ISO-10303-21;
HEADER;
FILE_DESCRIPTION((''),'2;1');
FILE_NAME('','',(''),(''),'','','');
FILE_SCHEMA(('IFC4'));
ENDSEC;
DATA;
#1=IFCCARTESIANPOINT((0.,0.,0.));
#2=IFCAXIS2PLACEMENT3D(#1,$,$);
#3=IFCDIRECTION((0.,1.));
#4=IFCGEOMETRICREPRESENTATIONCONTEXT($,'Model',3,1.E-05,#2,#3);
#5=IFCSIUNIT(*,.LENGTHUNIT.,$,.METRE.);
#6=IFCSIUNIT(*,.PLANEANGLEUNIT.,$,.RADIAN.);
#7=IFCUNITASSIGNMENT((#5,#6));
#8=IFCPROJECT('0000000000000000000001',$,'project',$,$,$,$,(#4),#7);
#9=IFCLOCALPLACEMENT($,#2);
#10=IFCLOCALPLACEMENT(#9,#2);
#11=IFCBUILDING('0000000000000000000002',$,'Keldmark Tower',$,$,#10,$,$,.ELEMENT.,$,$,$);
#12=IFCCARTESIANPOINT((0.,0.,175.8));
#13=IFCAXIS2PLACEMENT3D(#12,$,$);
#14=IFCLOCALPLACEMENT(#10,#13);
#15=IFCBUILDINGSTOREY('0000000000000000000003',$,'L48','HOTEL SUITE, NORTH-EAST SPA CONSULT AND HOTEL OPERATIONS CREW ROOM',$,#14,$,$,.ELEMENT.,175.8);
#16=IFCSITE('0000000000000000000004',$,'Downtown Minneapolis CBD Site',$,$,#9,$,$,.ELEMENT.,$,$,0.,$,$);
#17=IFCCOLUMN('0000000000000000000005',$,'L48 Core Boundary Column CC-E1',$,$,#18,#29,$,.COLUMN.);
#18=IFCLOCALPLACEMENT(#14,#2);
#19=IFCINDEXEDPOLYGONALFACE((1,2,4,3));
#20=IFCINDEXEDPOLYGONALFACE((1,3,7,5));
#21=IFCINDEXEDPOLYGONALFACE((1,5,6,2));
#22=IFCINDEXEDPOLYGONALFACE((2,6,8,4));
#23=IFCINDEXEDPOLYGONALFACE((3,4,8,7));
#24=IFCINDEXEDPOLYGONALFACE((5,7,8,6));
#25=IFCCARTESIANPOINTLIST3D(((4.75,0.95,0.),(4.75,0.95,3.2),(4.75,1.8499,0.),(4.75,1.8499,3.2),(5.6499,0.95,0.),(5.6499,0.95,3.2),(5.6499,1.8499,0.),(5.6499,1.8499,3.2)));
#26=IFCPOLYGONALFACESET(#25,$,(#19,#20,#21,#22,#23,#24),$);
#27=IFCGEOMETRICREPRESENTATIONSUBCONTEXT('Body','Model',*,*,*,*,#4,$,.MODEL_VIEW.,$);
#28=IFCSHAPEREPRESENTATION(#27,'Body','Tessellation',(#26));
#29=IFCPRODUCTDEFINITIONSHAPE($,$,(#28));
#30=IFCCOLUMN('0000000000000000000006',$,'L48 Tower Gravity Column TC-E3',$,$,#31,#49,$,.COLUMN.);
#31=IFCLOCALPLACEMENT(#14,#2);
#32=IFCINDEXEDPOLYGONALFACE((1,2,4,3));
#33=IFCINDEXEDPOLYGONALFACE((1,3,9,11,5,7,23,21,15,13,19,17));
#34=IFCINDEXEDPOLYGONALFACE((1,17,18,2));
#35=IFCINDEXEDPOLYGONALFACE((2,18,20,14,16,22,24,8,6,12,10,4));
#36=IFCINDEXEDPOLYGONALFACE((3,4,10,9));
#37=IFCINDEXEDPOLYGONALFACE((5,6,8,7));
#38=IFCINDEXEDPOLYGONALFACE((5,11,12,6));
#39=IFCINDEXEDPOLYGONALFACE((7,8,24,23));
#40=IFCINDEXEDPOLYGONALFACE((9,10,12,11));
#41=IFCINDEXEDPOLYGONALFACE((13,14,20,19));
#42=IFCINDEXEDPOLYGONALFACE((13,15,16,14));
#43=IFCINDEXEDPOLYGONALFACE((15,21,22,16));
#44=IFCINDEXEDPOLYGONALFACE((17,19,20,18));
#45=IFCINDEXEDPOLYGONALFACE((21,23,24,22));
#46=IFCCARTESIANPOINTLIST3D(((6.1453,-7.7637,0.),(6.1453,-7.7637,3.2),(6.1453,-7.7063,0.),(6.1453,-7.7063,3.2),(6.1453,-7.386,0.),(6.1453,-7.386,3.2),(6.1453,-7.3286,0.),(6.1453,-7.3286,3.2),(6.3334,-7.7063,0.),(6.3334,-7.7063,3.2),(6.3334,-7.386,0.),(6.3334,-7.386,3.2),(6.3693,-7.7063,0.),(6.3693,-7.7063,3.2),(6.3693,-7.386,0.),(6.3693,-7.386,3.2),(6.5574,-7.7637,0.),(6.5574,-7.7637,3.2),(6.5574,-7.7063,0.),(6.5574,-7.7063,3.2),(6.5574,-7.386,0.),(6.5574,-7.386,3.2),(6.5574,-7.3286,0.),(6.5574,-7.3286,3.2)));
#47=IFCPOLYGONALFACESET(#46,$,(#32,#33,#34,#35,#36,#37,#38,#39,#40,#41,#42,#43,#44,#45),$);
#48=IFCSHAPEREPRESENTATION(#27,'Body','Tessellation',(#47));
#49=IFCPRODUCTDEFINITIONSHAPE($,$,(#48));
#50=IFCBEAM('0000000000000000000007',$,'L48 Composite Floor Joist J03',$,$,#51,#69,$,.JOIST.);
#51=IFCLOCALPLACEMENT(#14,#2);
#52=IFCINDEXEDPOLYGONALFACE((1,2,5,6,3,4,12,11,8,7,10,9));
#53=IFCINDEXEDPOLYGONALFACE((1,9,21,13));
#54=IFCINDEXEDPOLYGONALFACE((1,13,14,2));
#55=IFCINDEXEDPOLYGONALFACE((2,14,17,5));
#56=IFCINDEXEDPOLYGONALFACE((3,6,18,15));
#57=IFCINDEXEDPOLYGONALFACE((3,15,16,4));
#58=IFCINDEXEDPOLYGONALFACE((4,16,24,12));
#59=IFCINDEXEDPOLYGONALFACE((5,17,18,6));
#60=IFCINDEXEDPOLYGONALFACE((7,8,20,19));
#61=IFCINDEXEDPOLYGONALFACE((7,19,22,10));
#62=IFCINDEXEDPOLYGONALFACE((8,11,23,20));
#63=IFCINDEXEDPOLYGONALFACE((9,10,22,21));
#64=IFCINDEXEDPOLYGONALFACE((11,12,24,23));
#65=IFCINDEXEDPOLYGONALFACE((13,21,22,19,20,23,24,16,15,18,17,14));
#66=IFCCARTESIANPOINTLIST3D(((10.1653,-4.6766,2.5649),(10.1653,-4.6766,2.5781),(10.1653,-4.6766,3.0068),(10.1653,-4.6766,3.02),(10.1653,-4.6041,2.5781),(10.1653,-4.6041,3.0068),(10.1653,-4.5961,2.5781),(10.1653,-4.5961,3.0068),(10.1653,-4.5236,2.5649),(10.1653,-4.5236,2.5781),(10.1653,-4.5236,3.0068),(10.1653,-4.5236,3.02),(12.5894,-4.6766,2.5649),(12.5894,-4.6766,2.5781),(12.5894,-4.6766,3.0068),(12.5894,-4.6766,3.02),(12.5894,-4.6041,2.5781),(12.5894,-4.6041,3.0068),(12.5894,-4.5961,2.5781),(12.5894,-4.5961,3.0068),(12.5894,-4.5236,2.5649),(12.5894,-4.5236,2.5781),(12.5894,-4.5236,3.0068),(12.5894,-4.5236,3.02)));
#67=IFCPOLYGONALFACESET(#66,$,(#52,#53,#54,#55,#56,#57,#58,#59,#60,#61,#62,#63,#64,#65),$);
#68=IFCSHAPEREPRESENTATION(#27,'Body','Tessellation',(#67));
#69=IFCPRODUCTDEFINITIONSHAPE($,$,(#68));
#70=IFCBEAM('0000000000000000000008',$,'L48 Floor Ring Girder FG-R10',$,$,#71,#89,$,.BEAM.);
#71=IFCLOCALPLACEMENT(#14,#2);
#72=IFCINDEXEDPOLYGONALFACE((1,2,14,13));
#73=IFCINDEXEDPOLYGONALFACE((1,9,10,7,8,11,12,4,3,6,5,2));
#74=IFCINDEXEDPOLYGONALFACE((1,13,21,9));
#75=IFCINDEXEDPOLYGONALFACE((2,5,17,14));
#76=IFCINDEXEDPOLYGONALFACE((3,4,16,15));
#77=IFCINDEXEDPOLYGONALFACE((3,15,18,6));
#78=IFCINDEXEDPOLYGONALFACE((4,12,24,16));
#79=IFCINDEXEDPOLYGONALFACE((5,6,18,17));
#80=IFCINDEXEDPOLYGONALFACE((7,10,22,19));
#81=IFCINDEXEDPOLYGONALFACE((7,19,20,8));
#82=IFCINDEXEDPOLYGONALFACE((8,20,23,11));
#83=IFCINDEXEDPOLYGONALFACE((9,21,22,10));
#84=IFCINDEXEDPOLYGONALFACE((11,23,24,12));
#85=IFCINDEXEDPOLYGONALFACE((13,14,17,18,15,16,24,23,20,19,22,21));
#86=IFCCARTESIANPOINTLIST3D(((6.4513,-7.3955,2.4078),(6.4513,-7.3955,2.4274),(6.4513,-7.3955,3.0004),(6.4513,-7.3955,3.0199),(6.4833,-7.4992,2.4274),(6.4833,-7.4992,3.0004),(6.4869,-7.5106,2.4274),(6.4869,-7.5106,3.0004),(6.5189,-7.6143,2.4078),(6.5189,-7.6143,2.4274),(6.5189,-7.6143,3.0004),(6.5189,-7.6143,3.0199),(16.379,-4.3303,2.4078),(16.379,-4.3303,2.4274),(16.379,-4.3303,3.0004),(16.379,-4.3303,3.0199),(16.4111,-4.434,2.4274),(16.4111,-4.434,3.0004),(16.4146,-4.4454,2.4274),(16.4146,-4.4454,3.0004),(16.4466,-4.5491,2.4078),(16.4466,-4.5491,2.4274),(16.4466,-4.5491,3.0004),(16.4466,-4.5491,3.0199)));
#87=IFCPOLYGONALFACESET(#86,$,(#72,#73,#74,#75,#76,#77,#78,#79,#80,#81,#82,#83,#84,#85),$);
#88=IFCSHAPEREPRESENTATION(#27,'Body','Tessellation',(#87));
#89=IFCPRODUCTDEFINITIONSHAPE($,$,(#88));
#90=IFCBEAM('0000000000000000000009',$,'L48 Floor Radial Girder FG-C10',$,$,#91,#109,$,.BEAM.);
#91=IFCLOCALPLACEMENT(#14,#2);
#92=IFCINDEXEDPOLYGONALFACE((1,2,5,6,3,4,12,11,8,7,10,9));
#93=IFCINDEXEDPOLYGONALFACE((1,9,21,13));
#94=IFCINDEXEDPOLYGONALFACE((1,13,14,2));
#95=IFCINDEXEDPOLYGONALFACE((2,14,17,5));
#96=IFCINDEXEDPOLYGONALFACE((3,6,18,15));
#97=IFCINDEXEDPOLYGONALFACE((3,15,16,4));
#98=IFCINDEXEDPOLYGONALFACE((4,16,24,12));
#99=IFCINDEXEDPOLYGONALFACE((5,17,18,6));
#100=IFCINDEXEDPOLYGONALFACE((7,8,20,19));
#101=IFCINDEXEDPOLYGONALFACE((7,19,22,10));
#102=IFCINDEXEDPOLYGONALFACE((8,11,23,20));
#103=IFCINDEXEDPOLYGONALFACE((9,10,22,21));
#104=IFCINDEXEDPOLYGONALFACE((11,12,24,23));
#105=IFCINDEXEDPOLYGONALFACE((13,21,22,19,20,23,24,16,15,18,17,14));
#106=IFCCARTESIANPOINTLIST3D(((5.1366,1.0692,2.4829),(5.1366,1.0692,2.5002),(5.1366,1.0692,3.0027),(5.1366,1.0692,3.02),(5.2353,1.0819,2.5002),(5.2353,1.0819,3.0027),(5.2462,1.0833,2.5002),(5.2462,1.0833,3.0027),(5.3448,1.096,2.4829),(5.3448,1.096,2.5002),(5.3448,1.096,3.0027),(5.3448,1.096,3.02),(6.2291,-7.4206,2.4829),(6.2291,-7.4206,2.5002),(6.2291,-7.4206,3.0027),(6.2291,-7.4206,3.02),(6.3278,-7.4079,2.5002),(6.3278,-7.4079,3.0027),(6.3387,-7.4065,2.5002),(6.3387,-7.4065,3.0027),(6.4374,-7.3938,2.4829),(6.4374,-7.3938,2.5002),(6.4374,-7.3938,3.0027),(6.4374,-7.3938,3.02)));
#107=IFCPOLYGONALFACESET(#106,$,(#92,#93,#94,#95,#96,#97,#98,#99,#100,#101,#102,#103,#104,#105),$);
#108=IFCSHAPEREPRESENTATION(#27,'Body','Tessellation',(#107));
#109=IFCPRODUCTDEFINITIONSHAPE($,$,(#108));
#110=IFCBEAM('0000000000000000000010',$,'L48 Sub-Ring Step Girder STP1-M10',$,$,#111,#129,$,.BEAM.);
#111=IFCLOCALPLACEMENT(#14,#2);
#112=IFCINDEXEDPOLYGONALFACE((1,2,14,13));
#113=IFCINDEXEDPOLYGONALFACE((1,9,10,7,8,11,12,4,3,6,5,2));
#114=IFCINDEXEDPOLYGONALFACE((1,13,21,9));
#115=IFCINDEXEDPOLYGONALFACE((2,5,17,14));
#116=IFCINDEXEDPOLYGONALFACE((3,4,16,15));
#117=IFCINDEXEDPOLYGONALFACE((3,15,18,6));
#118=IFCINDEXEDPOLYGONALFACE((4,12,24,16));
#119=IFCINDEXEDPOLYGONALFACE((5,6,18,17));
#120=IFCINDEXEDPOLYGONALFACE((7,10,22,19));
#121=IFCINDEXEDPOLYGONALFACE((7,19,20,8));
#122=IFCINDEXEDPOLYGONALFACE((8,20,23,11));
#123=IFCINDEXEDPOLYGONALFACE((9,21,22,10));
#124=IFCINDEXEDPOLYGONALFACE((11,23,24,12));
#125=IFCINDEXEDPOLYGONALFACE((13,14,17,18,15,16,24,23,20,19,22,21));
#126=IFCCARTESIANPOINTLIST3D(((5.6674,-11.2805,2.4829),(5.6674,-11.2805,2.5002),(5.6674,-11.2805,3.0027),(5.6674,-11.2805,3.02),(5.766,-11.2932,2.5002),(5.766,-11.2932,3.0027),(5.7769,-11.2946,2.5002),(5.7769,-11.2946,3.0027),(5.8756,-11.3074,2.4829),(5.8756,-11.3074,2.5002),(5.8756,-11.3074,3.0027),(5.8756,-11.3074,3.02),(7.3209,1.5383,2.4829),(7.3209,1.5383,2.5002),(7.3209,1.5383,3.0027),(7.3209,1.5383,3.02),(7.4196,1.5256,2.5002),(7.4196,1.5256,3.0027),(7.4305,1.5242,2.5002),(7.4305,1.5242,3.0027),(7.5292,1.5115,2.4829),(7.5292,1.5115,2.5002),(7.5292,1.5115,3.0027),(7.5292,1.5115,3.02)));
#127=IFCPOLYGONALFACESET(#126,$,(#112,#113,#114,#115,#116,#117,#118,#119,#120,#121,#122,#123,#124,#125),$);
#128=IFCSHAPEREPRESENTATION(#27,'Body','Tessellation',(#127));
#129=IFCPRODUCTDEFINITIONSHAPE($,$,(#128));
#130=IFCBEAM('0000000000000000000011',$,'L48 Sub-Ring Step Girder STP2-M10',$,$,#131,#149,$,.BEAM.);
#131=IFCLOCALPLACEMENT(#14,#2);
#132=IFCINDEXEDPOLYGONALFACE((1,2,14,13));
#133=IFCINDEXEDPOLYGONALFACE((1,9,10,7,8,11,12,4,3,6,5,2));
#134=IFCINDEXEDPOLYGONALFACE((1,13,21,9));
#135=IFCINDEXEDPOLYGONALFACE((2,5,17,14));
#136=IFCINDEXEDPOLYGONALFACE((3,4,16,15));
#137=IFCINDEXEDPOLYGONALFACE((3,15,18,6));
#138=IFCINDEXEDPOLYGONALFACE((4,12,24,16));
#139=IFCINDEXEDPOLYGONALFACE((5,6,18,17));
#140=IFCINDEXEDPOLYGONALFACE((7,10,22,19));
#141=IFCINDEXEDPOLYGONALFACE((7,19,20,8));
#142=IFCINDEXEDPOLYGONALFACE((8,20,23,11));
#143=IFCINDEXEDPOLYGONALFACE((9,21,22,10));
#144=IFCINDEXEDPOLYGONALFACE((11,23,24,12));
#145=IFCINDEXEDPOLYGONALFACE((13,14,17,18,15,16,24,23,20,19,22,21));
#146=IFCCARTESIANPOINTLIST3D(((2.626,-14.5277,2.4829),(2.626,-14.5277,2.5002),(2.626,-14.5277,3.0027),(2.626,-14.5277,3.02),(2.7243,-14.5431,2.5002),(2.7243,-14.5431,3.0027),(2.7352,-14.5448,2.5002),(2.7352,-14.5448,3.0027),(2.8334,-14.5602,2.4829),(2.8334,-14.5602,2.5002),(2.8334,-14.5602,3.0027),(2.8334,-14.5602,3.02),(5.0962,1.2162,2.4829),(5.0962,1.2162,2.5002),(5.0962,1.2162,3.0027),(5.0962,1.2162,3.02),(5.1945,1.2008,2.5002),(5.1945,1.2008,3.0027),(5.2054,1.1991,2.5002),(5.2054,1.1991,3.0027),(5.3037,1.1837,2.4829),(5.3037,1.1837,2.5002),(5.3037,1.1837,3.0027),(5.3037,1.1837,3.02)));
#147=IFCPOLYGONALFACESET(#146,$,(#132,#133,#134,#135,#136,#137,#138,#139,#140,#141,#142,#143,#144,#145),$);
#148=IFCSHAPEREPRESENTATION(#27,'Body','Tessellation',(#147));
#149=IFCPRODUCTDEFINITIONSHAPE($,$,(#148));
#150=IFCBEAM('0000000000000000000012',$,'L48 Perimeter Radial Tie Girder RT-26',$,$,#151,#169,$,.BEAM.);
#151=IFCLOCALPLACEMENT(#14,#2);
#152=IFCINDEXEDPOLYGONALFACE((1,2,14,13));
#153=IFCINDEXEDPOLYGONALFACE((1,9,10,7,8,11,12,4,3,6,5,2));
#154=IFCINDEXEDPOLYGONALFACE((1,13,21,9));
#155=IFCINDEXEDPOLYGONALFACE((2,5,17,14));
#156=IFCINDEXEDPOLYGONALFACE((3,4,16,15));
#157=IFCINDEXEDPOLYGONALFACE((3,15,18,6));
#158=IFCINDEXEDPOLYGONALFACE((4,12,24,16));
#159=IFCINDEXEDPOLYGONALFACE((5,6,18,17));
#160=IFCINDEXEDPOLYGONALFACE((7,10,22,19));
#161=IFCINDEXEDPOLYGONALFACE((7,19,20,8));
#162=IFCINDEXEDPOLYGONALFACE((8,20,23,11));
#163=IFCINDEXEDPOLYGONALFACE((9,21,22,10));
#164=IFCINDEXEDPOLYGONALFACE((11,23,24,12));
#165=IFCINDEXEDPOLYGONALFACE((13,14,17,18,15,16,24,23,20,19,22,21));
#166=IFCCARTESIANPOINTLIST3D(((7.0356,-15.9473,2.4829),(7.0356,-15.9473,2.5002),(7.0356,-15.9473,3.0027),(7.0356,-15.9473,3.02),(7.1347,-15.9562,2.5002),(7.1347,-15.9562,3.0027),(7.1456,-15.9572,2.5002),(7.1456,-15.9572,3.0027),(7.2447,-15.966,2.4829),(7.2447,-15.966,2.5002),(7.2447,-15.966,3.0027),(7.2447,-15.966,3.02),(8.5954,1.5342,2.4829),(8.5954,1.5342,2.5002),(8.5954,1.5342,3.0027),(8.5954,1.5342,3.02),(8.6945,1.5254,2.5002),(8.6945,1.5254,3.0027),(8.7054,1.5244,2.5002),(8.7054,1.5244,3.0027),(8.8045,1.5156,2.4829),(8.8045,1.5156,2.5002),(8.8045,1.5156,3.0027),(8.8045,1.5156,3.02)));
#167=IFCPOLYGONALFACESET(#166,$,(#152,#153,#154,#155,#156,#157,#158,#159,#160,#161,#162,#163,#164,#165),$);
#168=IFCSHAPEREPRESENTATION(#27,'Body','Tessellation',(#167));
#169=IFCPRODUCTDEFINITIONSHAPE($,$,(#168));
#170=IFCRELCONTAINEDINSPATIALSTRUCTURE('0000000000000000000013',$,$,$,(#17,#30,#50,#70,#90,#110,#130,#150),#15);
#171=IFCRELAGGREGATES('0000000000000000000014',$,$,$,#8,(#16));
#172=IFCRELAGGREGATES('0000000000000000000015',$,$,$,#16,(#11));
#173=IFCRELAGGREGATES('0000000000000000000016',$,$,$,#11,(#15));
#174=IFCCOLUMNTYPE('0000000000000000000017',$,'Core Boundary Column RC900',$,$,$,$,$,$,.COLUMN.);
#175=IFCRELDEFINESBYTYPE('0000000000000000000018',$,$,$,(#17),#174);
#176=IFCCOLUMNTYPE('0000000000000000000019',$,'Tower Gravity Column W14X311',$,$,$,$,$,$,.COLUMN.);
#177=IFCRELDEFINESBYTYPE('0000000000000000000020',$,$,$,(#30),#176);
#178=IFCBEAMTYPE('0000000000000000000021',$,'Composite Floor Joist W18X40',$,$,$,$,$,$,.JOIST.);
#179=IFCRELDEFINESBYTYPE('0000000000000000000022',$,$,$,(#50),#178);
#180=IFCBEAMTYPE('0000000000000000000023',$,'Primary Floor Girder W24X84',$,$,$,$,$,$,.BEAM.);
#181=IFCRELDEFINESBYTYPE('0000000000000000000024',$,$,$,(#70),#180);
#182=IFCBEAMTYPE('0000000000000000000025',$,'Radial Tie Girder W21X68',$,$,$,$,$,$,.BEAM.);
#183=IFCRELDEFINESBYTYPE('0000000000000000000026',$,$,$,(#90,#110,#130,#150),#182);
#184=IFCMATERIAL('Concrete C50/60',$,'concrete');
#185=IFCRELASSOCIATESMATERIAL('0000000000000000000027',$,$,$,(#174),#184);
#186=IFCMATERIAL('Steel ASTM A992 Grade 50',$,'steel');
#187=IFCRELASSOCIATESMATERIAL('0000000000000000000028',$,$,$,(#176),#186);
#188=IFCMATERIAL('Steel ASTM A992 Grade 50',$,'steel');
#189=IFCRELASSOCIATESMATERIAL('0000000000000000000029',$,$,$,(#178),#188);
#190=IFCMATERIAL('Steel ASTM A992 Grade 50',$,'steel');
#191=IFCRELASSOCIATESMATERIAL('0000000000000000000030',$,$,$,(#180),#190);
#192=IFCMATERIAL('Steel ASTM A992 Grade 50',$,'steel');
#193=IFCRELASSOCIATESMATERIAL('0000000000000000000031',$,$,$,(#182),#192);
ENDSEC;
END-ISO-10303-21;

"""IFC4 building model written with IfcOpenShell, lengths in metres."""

from ifc_helpers import new_model, si_unit, direction, frame, origin, origin_2d, place, context, subcontext, project, spatial, rectangle, i_section, extrude, material, material_profile, profile_set, type_object, element, save


model = new_model("IFC4")

# Units and contexts
model_context = context("Model", 3, precision=1e-05, world=origin(), true_north=direction((0.0, 1.0)))
body_context = subcontext(model_context, "Body", "Model", "MODEL_VIEW")
ifc_project = project(units=[si_unit("LENGTHUNIT", "METRE"), si_unit("PLANEANGLEUNIT", "RADIAN")], contexts=[model_context])

# Site, building, storey
site_placement = place(None, origin())
site = spatial("IfcSite", under=ifc_project, at=site_placement, Name="Downtown Minneapolis CBD Site", CompositionType="ELEMENT", RefElevation=0.0)
building_placement = place(site_placement, origin())
building = spatial("IfcBuilding", under=site, at=building_placement, Name="Keldmark Tower", CompositionType="ELEMENT")
storey_placement = place(building_placement, frame((0.0, 0.0, 175.8)))
storey = spatial("IfcBuildingStorey", under=building, at=storey_placement, Name="L48", Description="HOTEL SUITE, NORTH-EAST SPA CONSULT AND HOTEL OPERATIONS CREW ROOM", CompositionType="ELEMENT", Elevation=175.8)

# Columns
ifc_material_1 = material(Name="Concrete C50/60", Category="concrete")
ifc_material_profile_1 = material_profile(ifc_material_1, rectangle(XDim=0.8999, YDim=0.8999, at=origin_2d()), Name="RC900X900")
ifc_profile_set_1 = profile_set([ifc_material_profile_1], Name="Concrete C50/60")
column_type_1 = type_object("IfcColumnType", Name="Core Boundary Column RC900", PredefinedType="COLUMN", material=ifc_profile_set_1)
column_1_placement = place(storey_placement, frame((5.2, 1.3999, 0.0), z_axis=(0.0, 0.0, 1.0), x_axis=(1.0, 0.0, 0.0)))
element("IfcColumn", 1, at=column_1_placement, inside=storey, type_object=column_type_1, Name="L48 Core Boundary Column CC-E1", PredefinedType="COLUMN", context=body_context, shape_type="SweptSolid", body=[
    extrude(rectangle(XDim=0.8999, YDim=0.8999, at=origin_2d()), origin(), (0.0, 0.0, 1.0), 3.2),
])
ifc_material_2 = material(Name="Steel ASTM A992 Grade 50", Category="steel")
ifc_material_profile_2 = material_profile(ifc_material_2, i_section(OverallWidth=0.4121, OverallDepth=0.4351, WebThickness=0.0359, FlangeThickness=0.0574, at=origin_2d()), Name="W14X311")
ifc_profile_set_2 = profile_set([ifc_material_profile_2], Name="Steel ASTM A992 Grade 50")
column_type_2 = type_object("IfcColumnType", Name="Tower Gravity Column W14X311", PredefinedType="COLUMN", material=ifc_profile_set_2)
column_2_placement = place(storey_placement, frame((6.3513, -7.5461, 0.0), z_axis=(0.0, 0.0, 1.0), x_axis=(1.0, 0.0, 0.0)))
element("IfcColumn", 2, at=column_2_placement, inside=storey, type_object=column_type_2, Name="L48 Tower Gravity Column TC-E3", PredefinedType="COLUMN", context=body_context, shape_type="SweptSolid", body=[
    extrude(i_section(OverallWidth=0.4121, OverallDepth=0.4351, WebThickness=0.0359, FlangeThickness=0.0574, at=origin_2d()), origin(), (0.0, 0.0, 1.0), 3.2),
])

# Beams
ifc_material_3 = material(Name="Steel ASTM A992 Grade 50", Category="steel")
ifc_material_profile_3 = material_profile(ifc_material_3, i_section(OverallWidth=0.1531, OverallDepth=0.4551, WebThickness=0.0081, FlangeThickness=0.0132, at=origin_2d()), Name="W18X40")
ifc_profile_set_3 = profile_set([ifc_material_profile_3], Name="Steel ASTM A992 Grade 50")
beam_type_1 = type_object("IfcBeamType", Name="Composite Floor Joist W18X40", PredefinedType="JOIST", material=ifc_profile_set_3)
beam_1_placement = place(storey_placement, frame((10.1653, -4.6001, 2.7925), z_axis=(1.0, 0.0, 0.0), x_axis=(0.0, 1.0, 0.0)))
element("IfcBeam", 3, at=beam_1_placement, inside=storey, type_object=beam_type_1, Name="L48 Composite Floor Joist J03", PredefinedType="JOIST", context=body_context, shape_type="SweptSolid", body=[
    extrude(i_section(OverallWidth=0.1531, OverallDepth=0.4551, WebThickness=0.0081, FlangeThickness=0.0132, at=origin_2d()), origin(), (0.0, 0.0, 1.0), 2.4241),
])
ifc_material_4 = material(Name="Steel ASTM A992 Grade 50", Category="steel")
ifc_material_profile_4 = material_profile(ifc_material_4, i_section(OverallWidth=0.229, OverallDepth=0.6121, WebThickness=0.012, FlangeThickness=0.0195, at=origin_2d()), Name="W24X84")
ifc_profile_set_4 = profile_set([ifc_material_profile_4], Name="Steel ASTM A992 Grade 50")
beam_type_2 = type_object("IfcBeamType", Name="Primary Floor Girder W24X84", PredefinedType="BEAM", material=ifc_profile_set_4)
beam_2_placement = place(storey_placement, frame((6.4851, -7.5049, 2.7139), z_axis=(0.955495, 0.295009, 0.0), x_axis=(-0.295009, 0.955495, 0.0)))
element("IfcBeam", 4, at=beam_2_placement, inside=storey, type_object=beam_type_2, Name="L48 Floor Ring Girder FG-R10", PredefinedType="BEAM", context=body_context, shape_type="SweptSolid", body=[
    extrude(i_section(OverallWidth=0.229, OverallDepth=0.6121, WebThickness=0.012, FlangeThickness=0.0195, at=origin_2d()), origin(), (0.0, 0.0, 1.0), 10.3901),
])
ifc_material_5 = material(Name="Steel ASTM A992 Grade 50", Category="steel")
ifc_material_profile_5 = material_profile(ifc_material_5, i_section(OverallWidth=0.21, OverallDepth=0.5371, WebThickness=0.011, FlangeThickness=0.0173, at=origin_2d()), Name="W21X68")
ifc_profile_set_5 = profile_set([ifc_material_profile_5], Name="Steel ASTM A992 Grade 50")
beam_type_3 = type_object("IfcBeamType", Name="Radial Tie Girder W21X68", PredefinedType="BEAM", material=ifc_profile_set_5)
beam_3_placement = place(storey_placement, frame((6.3333, -7.4072, 2.7515), z_axis=(-0.127636, 0.991821, 0.0), x_axis=(-0.991821, -0.127636, 0.0)))
element("IfcBeam", 5, at=beam_3_placement, inside=storey, type_object=beam_type_3, Name="L48 Floor Radial Girder FG-C10", PredefinedType="BEAM", context=body_context, shape_type="SweptSolid", body=[
    extrude(i_section(OverallWidth=0.21, OverallDepth=0.5371, WebThickness=0.011, FlangeThickness=0.0173, at=origin_2d()), origin(), (0.0, 0.0, 1.0), 8.5598),
])
beam_4_placement = place(storey_placement, frame((7.425, 1.5249, 2.7515), z_axis=(-0.127935, -0.991783, 0.0), x_axis=(0.991783, -0.127935, 0.0)))
element("IfcBeam", 6, at=beam_4_placement, inside=storey, type_object=beam_type_3, Name="L48 Sub-Ring Step Girder STP1-M10", PredefinedType="BEAM", context=body_context, shape_type="SweptSolid", body=[
    extrude(i_section(OverallWidth=0.21, OverallDepth=0.5371, WebThickness=0.011, FlangeThickness=0.0173, at=origin_2d()), origin(), (0.0, 0.0, 1.0), 12.925),
])
beam_5_placement = place(storey_placement, frame((5.2, 1.2, 2.7515), z_axis=(-0.155004, -0.987914, 0.0), x_axis=(0.987914, -0.155004, 0.0)))
element("IfcBeam", 7, at=beam_5_placement, inside=storey, type_object=beam_type_3, Name="L48 Sub-Ring Step Girder STP2-M10", PredefinedType="BEAM", context=body_context, shape_type="SweptSolid", body=[
    extrude(i_section(OverallWidth=0.21, OverallDepth=0.5371, WebThickness=0.011, FlangeThickness=0.0173, at=origin_2d()), origin(), (0.0, 0.0, 1.0), 15.9365),
])
beam_6_placement = place(storey_placement, frame((8.7, 1.5249, 2.7515), z_axis=(-0.088873, -0.996043, 0.0), x_axis=(0.996043, -0.088873, 0.0)))
element("IfcBeam", 8, at=beam_6_placement, inside=storey, type_object=beam_type_3, Name="L48 Perimeter Radial Tie Girder RT-26", PredefinedType="BEAM", context=body_context, shape_type="SweptSolid", body=[
    extrude(i_section(OverallWidth=0.21, OverallDepth=0.5371, WebThickness=0.011, FlangeThickness=0.0173, at=origin_2d()), origin(), (0.0, 0.0, 1.0), 17.551),
])

save(model, "model.ifc")
